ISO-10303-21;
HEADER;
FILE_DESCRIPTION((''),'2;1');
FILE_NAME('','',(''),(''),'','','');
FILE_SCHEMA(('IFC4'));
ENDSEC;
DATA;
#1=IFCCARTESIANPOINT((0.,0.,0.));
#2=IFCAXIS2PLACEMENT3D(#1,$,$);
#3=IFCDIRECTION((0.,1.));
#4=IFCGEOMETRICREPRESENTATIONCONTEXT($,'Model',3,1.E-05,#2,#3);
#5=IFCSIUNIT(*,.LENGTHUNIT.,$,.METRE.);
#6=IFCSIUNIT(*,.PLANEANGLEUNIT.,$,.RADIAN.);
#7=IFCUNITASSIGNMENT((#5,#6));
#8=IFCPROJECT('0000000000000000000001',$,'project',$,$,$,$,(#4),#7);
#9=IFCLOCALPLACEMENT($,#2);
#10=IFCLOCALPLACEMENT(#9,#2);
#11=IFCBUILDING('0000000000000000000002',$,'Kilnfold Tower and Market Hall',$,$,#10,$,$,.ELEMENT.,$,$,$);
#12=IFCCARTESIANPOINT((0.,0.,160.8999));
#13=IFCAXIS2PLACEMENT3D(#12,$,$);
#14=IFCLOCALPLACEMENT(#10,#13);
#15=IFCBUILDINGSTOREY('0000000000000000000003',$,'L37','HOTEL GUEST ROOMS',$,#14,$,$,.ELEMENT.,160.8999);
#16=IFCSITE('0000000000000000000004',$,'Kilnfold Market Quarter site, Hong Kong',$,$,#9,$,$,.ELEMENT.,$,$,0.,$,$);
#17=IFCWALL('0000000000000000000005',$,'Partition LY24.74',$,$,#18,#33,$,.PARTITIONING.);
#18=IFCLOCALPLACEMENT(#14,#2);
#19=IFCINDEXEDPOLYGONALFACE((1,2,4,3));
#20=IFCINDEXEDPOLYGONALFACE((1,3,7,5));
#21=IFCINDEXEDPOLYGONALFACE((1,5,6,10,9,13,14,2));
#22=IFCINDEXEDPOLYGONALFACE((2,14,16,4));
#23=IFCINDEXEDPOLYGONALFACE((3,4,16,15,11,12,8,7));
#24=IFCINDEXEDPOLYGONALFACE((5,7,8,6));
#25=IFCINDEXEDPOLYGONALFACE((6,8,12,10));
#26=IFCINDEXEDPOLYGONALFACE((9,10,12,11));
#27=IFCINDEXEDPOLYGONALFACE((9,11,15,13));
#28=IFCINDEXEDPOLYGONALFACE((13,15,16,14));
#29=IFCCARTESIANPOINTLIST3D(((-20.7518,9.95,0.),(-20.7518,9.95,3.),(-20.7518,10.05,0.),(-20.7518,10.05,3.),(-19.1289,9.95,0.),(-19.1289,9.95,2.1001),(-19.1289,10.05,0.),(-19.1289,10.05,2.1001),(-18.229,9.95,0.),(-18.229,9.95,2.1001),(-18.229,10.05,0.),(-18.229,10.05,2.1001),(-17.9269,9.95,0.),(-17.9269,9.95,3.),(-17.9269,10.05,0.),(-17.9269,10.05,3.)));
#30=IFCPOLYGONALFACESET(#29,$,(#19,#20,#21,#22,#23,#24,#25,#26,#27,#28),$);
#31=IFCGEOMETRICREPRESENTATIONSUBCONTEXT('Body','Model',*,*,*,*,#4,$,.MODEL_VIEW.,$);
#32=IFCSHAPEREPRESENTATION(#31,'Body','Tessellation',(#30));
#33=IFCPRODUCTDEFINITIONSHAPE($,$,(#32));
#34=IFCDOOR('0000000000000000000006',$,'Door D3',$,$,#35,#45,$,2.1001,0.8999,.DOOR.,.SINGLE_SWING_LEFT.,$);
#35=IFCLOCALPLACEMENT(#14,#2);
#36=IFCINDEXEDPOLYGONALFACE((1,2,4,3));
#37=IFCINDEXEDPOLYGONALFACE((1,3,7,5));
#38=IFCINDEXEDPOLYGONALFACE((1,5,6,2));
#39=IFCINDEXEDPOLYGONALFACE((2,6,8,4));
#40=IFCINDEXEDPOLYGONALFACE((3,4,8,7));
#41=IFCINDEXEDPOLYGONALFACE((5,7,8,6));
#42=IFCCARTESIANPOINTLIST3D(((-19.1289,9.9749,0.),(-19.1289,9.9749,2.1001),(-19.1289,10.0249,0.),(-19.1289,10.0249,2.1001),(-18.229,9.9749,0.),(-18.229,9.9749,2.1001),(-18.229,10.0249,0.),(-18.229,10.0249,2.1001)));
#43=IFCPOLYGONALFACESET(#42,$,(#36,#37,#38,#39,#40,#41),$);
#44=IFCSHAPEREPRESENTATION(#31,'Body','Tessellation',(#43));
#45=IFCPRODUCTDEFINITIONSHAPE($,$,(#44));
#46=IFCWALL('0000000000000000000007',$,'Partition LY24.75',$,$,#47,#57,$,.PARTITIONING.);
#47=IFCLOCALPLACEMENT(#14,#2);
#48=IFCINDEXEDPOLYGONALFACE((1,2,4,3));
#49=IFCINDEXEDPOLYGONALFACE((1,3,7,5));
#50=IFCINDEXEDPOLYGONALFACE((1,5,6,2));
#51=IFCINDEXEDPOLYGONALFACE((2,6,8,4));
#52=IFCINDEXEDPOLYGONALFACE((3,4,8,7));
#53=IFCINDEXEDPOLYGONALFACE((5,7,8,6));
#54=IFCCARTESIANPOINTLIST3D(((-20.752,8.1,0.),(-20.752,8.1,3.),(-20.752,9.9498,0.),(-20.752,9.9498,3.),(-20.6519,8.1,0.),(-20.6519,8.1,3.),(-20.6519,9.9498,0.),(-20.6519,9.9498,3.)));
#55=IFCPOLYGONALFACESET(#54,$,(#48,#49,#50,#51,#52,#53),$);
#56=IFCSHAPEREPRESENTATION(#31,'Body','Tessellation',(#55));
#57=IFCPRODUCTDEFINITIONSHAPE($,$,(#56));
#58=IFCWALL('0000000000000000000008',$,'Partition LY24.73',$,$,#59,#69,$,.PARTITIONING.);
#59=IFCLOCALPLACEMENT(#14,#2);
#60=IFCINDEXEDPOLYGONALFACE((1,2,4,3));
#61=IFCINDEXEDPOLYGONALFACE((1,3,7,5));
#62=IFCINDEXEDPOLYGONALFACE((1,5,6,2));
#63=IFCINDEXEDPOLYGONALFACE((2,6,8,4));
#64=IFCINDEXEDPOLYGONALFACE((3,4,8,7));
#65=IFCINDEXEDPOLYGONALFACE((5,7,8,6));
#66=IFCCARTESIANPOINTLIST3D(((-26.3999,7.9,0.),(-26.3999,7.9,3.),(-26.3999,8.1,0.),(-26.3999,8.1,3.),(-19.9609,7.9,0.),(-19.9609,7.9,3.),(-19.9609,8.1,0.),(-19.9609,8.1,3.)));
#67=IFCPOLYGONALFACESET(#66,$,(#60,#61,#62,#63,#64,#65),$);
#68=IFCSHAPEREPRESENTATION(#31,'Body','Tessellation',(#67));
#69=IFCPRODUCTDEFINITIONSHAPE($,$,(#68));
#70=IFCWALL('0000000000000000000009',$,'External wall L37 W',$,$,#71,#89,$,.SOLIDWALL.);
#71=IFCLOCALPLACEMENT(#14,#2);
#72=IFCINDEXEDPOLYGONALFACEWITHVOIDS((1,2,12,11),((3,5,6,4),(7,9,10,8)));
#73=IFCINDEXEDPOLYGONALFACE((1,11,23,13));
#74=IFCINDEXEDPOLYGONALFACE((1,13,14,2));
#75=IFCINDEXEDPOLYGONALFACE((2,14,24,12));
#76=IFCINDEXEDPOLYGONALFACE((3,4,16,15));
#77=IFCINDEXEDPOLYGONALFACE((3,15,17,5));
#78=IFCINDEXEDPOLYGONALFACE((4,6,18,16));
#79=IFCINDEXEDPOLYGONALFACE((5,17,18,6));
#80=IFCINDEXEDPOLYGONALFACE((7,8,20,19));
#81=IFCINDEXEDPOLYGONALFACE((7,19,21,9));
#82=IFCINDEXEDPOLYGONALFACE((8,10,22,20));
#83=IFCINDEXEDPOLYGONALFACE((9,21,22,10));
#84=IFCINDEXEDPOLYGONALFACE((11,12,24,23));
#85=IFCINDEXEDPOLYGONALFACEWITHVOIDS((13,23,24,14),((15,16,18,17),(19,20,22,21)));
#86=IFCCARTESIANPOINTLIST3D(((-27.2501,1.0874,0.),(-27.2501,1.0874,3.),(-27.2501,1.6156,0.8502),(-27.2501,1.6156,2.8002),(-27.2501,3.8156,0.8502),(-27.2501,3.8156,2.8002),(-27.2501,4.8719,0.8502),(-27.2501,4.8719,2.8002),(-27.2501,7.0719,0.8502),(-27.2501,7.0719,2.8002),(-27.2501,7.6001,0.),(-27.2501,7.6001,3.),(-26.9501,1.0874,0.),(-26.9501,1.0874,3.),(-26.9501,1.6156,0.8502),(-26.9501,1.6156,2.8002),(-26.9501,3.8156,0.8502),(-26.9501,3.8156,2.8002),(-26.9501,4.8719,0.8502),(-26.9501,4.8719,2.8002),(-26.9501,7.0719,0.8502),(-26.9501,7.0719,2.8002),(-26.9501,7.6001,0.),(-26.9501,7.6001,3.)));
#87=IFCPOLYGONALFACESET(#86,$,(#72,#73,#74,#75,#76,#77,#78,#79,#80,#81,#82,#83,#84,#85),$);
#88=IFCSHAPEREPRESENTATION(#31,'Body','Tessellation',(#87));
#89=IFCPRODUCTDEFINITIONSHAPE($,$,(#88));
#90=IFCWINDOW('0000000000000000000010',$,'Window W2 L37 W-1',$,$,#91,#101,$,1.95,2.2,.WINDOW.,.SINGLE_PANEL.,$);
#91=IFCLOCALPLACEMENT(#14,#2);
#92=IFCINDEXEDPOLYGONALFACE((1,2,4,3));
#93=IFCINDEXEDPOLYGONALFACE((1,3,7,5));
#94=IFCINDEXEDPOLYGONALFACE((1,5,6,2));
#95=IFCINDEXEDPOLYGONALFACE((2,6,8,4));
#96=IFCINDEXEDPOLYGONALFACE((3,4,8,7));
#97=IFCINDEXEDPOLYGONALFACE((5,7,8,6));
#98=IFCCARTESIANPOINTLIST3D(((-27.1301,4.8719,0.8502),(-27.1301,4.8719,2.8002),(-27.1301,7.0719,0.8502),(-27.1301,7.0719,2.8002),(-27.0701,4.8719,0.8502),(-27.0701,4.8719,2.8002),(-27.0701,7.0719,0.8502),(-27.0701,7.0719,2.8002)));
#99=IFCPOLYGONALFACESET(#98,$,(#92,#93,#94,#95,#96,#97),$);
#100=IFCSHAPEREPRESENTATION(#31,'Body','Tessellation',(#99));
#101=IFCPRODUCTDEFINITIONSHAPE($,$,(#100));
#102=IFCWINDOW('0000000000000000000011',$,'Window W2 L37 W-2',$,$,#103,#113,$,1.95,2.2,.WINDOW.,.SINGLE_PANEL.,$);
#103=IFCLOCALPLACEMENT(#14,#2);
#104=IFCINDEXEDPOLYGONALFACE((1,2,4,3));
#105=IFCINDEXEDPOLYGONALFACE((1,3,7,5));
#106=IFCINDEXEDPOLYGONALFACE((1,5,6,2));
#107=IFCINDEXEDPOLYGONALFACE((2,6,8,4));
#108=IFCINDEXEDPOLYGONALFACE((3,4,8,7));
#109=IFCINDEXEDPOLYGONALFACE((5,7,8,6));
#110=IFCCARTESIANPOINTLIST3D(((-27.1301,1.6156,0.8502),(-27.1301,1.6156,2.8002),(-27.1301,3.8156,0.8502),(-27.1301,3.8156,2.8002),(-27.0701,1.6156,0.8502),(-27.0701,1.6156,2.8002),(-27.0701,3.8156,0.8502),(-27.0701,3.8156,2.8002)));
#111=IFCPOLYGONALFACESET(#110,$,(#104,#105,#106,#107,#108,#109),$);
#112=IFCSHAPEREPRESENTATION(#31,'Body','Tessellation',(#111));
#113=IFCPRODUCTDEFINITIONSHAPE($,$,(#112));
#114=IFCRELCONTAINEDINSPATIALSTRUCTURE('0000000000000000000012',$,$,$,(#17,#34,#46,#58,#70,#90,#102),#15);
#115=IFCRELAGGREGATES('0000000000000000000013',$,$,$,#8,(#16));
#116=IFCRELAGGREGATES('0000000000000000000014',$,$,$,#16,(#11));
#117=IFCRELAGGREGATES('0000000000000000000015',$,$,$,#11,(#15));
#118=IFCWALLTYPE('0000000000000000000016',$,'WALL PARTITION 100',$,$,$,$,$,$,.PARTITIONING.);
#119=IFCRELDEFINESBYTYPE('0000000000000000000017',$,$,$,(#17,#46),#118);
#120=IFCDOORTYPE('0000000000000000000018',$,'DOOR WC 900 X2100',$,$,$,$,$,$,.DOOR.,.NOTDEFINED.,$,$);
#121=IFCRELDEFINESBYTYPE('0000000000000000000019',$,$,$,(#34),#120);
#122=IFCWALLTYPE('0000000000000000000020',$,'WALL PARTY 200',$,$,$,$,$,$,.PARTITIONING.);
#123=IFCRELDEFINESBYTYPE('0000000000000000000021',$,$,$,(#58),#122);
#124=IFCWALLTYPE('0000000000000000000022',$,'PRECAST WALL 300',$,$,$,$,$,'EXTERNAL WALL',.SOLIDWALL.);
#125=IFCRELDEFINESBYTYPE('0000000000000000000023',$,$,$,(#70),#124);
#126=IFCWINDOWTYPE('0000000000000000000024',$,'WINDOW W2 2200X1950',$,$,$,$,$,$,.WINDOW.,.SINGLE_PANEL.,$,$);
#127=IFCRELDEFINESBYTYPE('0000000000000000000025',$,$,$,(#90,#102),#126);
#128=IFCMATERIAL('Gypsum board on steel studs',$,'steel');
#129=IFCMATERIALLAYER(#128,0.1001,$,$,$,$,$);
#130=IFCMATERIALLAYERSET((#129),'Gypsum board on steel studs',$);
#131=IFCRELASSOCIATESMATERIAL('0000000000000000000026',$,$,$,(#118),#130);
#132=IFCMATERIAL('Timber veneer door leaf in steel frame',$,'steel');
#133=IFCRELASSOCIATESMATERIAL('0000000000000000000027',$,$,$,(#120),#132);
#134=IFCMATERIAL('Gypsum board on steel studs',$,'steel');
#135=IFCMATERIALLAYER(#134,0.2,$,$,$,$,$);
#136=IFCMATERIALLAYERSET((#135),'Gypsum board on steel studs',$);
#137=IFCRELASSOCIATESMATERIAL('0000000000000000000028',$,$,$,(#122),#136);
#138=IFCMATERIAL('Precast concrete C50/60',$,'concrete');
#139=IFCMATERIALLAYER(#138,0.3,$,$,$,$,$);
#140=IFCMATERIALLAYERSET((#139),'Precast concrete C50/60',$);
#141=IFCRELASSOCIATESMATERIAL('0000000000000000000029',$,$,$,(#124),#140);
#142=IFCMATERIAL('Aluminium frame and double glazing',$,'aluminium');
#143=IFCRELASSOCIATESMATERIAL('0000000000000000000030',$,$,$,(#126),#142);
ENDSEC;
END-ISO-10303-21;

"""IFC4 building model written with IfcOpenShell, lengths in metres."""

from ifc_helpers import new_model, si_unit, direction, frame, frame_2d, origin, place, context, subcontext, project, spatial, rectangle, extrude, source, transform, mapped, material, layer, layer_set, type_object, element, fill, save


model = new_model("IFC4")

# Units and contexts
model_context = context("Model", 3, precision=1e-05, world=origin(), true_north=direction((0.0, 1.0)))
body_context = subcontext(model_context, "Body", "Model", "MODEL_VIEW")
ifc_project = project(units=[si_unit("LENGTHUNIT", "METRE"), si_unit("PLANEANGLEUNIT", "RADIAN")], contexts=[model_context])

# Site, building, storey
site_placement = place(None, origin())
site = spatial("IfcSite", under=ifc_project, at=site_placement, Name="Kilnfold Market Quarter site, Hong Kong", CompositionType="ELEMENT", RefElevation=0.0)
building_placement = place(site_placement, origin())
building = spatial("IfcBuilding", under=site, at=building_placement, Name="Kilnfold Tower and Market Hall", CompositionType="ELEMENT")
storey_placement = place(building_placement, frame((0.0, 0.0, 160.8999)))
storey = spatial("IfcBuildingStorey", under=building, at=storey_placement, Name="L37", Description="HOTEL GUEST ROOMS", CompositionType="ELEMENT", Elevation=160.8999)

# Shared definitions
ifc_material_1 = material(Name="Gypsum board on steel studs", Category="steel")
ifc_layer_1 = layer(ifc_material_1, 0.1001)
ifc_layer_set_1 = layer_set([ifc_layer_1], Name="Gypsum board on steel studs")
wall_type_1 = type_object("IfcWallType", Name="WALL PARTITION 100", PredefinedType="PARTITIONING", material=ifc_layer_set_1)

# Wall, opening, door
ifc_material_2 = material(Name="Timber veneer door leaf in steel frame", Category="steel")
door_type_1 = type_object("IfcDoorType", Name="DOOR WC 900 X2100", OperationType="NOTDEFINED", PredefinedType="DOOR", material=ifc_material_2)
wall_1_placement = place(storey_placement, frame((-20.752, 10.0, 0.0), z_axis=(0.0, 0.0, 1.0), x_axis=(1.0, 0.0, 0.0)))
wall_1 = element("IfcWall", 1, at=wall_1_placement, inside=storey, type_object=wall_type_1, Name="Partition LY24.74", PredefinedType="PARTITIONING", context=body_context, shape_type="SweptSolid", body=[
    extrude(rectangle(XDim=2.825, YDim=0.1001, at=frame_2d((1.4126, 0.0))), origin(), (0.0, 0.0, 1.0), 3.0),
])
opening_1_placement = place(wall_1_placement, frame((1.623, 0.0, 0.0)))
opening_1 = element("IfcOpeningElement", 2, at=opening_1_placement, cuts=wall_1, PredefinedType="OPENING", context=body_context, shape_type="SweptSolid", body=[
    extrude(rectangle(XDim=0.8999, YDim=2.1001, at=frame_2d((0.45, 1.05))), frame((0.0, 0.0601, 0.0), z_axis=(0.0, -1.0, 0.0), x_axis=(1.0, 0.0, 0.0)), (0.0, 0.0, 1.0), 0.1201),
])
door_1_placement = place(opening_1_placement, origin())
door_1 = element("IfcDoor", 3, at=door_1_placement, inside=storey, type_object=door_type_1, Name="Door D3", OperationType="SINGLE_SWING_LEFT", OverallHeight=2.1001, OverallWidth=0.8999, PredefinedType="DOOR", context=body_context, shape_type="SweptSolid", body=[
    extrude(rectangle(XDim=0.8999, YDim=2.1001, at=frame_2d((0.45, 1.05))), frame((0.0, 0.0249, 0.0), z_axis=(0.0, -1.0, 0.0), x_axis=(1.0, 0.0, 0.0)), (0.0, 0.0, 1.0), 0.05),
])
fill(opening_1, door_1)

# Walls
wall_2_placement = place(storey_placement, frame((-20.7019, 8.1001, 0.0), z_axis=(0.0, 0.0, 1.0), x_axis=(0.0, 1.0, 0.0)))
element("IfcWall", 4, at=wall_2_placement, inside=storey, type_object=wall_type_1, Name="Partition LY24.75", PredefinedType="PARTITIONING", context=body_context, shape_type="SweptSolid", body=[
    extrude(rectangle(XDim=1.8499, YDim=0.1001, at=frame_2d((0.9248, 0.0))), origin(), (0.0, 0.0, 1.0), 3.0),
])
ifc_material_3 = material(Name="Gypsum board on steel studs", Category="steel")
ifc_layer_2 = layer(ifc_material_3, 0.2)
ifc_layer_set_2 = layer_set([ifc_layer_2], Name="Gypsum board on steel studs")
wall_type_2 = type_object("IfcWallType", Name="WALL PARTY 200", PredefinedType="PARTITIONING", material=ifc_layer_set_2)
wall_3_placement = place(storey_placement, frame((-26.3999, 8.0, 0.0), z_axis=(0.0, 0.0, 1.0), x_axis=(1.0, 0.0, 0.0)))
element("IfcWall", 5, at=wall_3_placement, inside=storey, type_object=wall_type_2, Name="Partition LY24.73", PredefinedType="PARTITIONING", context=body_context, shape_type="SweptSolid", body=[
    extrude(rectangle(XDim=6.439, YDim=0.2, at=frame_2d((3.2195, 0.0))), origin(), (0.0, 0.0, 1.0), 3.0),
])

# Wall, openings, windows
ifc_material_4 = material(Name="Precast concrete C50/60", Category="concrete")
ifc_layer_3 = layer(ifc_material_4, 0.3)
ifc_layer_set_3 = layer_set([ifc_layer_3], Name="Precast concrete C50/60")
wall_type_3 = type_object("IfcWallType", Name="PRECAST WALL 300", ElementType="EXTERNAL WALL", PredefinedType="SOLIDWALL", material=ifc_layer_set_3)
shared_shape_1 = source(origin(), body_context, "Body", "SweptSolid", [
    extrude(rectangle(XDim=6.5127, YDim=0.3, at=frame_2d((3.2563, 0.0))), origin(), (0.0, 0.0, 1.0), 3.0),
])
wall_4_placement = place(storey_placement, frame((-27.1001, 7.6001, 0.0), z_axis=(0.0, 0.0, 1.0), x_axis=(0.0, -1.0, 0.0)))
wall_4 = element("IfcWall", 6, at=wall_4_placement, inside=storey, type_object=wall_type_3, Name="External wall L37 W", PredefinedType="SOLIDWALL", context=body_context, shape_type="MappedRepresentation", body=[
    mapped(shared_shape_1, transform((0.0, 0.0, 0.0))),
])
opening_2_placement = place(wall_4_placement, frame((0.5281, 0.0, 0.8501)))
opening_2 = element("IfcOpeningElement", 7, at=opening_2_placement, cuts=wall_4, PredefinedType="OPENING", context=body_context, shape_type="SweptSolid", body=[
    extrude(rectangle(XDim=2.2, YDim=1.95, at=frame_2d((1.1001, 0.9751))), frame((0.0, 0.1602, 0.0), z_axis=(0.0, -1.0, 0.0), x_axis=(1.0, 0.0, 0.0)), (0.0, 0.0, 1.0), 0.3201),
])
opening_3_placement = place(wall_4_placement, frame((3.7844, 0.0, 0.8501)))
opening_3 = element("IfcOpeningElement", 8, at=opening_3_placement, cuts=wall_4, PredefinedType="OPENING", context=body_context, shape_type="SweptSolid", body=[
    extrude(rectangle(XDim=2.2, YDim=1.95, at=frame_2d((1.1001, 0.9751))), frame((0.0, 0.1602, 0.0), z_axis=(0.0, -1.0, 0.0), x_axis=(1.0, 0.0, 0.0)), (0.0, 0.0, 1.0), 0.3201),
])
ifc_material_5 = material(Name="Aluminium frame and double glazing", Category="aluminium")
window_type = type_object("IfcWindowType", Name="WINDOW W2 2200X1950", PartitioningType="SINGLE_PANEL", PredefinedType="WINDOW", material=ifc_material_5)
window_1_placement = place(opening_2_placement, origin())
window_1 = element("IfcWindow", 9, at=window_1_placement, inside=storey, type_object=window_type, Name="Window W2 L37 W-1", OverallHeight=1.95, OverallWidth=2.2, PartitioningType="SINGLE_PANEL", PredefinedType="WINDOW", context=body_context, shape_type="SweptSolid", body=[
    extrude(rectangle(XDim=2.2, YDim=1.95, at=frame_2d((1.1001, 0.9751))), frame((0.0, 0.03, 0.0), z_axis=(0.0, -1.0, 0.0), x_axis=(1.0, 0.0, 0.0)), (0.0, 0.0, 1.0), 0.0601),
])
fill(opening_2, window_1)
window_2_placement = place(opening_3_placement, origin())
window_2 = element("IfcWindow", 10, at=window_2_placement, inside=storey, type_object=window_type, Name="Window W2 L37 W-2", OverallHeight=1.95, OverallWidth=2.2, PartitioningType="SINGLE_PANEL", PredefinedType="WINDOW", context=body_context, shape_type="SweptSolid", body=[
    extrude(rectangle(XDim=2.2, YDim=1.95, at=frame_2d((1.1001, 0.9751))), frame((0.0, 0.03, 0.0), z_axis=(0.0, -1.0, 0.0), x_axis=(1.0, 0.0, 0.0)), (0.0, 0.0, 1.0), 0.0601),
])
fill(opening_3, window_2)

save(model, "model.ifc")
